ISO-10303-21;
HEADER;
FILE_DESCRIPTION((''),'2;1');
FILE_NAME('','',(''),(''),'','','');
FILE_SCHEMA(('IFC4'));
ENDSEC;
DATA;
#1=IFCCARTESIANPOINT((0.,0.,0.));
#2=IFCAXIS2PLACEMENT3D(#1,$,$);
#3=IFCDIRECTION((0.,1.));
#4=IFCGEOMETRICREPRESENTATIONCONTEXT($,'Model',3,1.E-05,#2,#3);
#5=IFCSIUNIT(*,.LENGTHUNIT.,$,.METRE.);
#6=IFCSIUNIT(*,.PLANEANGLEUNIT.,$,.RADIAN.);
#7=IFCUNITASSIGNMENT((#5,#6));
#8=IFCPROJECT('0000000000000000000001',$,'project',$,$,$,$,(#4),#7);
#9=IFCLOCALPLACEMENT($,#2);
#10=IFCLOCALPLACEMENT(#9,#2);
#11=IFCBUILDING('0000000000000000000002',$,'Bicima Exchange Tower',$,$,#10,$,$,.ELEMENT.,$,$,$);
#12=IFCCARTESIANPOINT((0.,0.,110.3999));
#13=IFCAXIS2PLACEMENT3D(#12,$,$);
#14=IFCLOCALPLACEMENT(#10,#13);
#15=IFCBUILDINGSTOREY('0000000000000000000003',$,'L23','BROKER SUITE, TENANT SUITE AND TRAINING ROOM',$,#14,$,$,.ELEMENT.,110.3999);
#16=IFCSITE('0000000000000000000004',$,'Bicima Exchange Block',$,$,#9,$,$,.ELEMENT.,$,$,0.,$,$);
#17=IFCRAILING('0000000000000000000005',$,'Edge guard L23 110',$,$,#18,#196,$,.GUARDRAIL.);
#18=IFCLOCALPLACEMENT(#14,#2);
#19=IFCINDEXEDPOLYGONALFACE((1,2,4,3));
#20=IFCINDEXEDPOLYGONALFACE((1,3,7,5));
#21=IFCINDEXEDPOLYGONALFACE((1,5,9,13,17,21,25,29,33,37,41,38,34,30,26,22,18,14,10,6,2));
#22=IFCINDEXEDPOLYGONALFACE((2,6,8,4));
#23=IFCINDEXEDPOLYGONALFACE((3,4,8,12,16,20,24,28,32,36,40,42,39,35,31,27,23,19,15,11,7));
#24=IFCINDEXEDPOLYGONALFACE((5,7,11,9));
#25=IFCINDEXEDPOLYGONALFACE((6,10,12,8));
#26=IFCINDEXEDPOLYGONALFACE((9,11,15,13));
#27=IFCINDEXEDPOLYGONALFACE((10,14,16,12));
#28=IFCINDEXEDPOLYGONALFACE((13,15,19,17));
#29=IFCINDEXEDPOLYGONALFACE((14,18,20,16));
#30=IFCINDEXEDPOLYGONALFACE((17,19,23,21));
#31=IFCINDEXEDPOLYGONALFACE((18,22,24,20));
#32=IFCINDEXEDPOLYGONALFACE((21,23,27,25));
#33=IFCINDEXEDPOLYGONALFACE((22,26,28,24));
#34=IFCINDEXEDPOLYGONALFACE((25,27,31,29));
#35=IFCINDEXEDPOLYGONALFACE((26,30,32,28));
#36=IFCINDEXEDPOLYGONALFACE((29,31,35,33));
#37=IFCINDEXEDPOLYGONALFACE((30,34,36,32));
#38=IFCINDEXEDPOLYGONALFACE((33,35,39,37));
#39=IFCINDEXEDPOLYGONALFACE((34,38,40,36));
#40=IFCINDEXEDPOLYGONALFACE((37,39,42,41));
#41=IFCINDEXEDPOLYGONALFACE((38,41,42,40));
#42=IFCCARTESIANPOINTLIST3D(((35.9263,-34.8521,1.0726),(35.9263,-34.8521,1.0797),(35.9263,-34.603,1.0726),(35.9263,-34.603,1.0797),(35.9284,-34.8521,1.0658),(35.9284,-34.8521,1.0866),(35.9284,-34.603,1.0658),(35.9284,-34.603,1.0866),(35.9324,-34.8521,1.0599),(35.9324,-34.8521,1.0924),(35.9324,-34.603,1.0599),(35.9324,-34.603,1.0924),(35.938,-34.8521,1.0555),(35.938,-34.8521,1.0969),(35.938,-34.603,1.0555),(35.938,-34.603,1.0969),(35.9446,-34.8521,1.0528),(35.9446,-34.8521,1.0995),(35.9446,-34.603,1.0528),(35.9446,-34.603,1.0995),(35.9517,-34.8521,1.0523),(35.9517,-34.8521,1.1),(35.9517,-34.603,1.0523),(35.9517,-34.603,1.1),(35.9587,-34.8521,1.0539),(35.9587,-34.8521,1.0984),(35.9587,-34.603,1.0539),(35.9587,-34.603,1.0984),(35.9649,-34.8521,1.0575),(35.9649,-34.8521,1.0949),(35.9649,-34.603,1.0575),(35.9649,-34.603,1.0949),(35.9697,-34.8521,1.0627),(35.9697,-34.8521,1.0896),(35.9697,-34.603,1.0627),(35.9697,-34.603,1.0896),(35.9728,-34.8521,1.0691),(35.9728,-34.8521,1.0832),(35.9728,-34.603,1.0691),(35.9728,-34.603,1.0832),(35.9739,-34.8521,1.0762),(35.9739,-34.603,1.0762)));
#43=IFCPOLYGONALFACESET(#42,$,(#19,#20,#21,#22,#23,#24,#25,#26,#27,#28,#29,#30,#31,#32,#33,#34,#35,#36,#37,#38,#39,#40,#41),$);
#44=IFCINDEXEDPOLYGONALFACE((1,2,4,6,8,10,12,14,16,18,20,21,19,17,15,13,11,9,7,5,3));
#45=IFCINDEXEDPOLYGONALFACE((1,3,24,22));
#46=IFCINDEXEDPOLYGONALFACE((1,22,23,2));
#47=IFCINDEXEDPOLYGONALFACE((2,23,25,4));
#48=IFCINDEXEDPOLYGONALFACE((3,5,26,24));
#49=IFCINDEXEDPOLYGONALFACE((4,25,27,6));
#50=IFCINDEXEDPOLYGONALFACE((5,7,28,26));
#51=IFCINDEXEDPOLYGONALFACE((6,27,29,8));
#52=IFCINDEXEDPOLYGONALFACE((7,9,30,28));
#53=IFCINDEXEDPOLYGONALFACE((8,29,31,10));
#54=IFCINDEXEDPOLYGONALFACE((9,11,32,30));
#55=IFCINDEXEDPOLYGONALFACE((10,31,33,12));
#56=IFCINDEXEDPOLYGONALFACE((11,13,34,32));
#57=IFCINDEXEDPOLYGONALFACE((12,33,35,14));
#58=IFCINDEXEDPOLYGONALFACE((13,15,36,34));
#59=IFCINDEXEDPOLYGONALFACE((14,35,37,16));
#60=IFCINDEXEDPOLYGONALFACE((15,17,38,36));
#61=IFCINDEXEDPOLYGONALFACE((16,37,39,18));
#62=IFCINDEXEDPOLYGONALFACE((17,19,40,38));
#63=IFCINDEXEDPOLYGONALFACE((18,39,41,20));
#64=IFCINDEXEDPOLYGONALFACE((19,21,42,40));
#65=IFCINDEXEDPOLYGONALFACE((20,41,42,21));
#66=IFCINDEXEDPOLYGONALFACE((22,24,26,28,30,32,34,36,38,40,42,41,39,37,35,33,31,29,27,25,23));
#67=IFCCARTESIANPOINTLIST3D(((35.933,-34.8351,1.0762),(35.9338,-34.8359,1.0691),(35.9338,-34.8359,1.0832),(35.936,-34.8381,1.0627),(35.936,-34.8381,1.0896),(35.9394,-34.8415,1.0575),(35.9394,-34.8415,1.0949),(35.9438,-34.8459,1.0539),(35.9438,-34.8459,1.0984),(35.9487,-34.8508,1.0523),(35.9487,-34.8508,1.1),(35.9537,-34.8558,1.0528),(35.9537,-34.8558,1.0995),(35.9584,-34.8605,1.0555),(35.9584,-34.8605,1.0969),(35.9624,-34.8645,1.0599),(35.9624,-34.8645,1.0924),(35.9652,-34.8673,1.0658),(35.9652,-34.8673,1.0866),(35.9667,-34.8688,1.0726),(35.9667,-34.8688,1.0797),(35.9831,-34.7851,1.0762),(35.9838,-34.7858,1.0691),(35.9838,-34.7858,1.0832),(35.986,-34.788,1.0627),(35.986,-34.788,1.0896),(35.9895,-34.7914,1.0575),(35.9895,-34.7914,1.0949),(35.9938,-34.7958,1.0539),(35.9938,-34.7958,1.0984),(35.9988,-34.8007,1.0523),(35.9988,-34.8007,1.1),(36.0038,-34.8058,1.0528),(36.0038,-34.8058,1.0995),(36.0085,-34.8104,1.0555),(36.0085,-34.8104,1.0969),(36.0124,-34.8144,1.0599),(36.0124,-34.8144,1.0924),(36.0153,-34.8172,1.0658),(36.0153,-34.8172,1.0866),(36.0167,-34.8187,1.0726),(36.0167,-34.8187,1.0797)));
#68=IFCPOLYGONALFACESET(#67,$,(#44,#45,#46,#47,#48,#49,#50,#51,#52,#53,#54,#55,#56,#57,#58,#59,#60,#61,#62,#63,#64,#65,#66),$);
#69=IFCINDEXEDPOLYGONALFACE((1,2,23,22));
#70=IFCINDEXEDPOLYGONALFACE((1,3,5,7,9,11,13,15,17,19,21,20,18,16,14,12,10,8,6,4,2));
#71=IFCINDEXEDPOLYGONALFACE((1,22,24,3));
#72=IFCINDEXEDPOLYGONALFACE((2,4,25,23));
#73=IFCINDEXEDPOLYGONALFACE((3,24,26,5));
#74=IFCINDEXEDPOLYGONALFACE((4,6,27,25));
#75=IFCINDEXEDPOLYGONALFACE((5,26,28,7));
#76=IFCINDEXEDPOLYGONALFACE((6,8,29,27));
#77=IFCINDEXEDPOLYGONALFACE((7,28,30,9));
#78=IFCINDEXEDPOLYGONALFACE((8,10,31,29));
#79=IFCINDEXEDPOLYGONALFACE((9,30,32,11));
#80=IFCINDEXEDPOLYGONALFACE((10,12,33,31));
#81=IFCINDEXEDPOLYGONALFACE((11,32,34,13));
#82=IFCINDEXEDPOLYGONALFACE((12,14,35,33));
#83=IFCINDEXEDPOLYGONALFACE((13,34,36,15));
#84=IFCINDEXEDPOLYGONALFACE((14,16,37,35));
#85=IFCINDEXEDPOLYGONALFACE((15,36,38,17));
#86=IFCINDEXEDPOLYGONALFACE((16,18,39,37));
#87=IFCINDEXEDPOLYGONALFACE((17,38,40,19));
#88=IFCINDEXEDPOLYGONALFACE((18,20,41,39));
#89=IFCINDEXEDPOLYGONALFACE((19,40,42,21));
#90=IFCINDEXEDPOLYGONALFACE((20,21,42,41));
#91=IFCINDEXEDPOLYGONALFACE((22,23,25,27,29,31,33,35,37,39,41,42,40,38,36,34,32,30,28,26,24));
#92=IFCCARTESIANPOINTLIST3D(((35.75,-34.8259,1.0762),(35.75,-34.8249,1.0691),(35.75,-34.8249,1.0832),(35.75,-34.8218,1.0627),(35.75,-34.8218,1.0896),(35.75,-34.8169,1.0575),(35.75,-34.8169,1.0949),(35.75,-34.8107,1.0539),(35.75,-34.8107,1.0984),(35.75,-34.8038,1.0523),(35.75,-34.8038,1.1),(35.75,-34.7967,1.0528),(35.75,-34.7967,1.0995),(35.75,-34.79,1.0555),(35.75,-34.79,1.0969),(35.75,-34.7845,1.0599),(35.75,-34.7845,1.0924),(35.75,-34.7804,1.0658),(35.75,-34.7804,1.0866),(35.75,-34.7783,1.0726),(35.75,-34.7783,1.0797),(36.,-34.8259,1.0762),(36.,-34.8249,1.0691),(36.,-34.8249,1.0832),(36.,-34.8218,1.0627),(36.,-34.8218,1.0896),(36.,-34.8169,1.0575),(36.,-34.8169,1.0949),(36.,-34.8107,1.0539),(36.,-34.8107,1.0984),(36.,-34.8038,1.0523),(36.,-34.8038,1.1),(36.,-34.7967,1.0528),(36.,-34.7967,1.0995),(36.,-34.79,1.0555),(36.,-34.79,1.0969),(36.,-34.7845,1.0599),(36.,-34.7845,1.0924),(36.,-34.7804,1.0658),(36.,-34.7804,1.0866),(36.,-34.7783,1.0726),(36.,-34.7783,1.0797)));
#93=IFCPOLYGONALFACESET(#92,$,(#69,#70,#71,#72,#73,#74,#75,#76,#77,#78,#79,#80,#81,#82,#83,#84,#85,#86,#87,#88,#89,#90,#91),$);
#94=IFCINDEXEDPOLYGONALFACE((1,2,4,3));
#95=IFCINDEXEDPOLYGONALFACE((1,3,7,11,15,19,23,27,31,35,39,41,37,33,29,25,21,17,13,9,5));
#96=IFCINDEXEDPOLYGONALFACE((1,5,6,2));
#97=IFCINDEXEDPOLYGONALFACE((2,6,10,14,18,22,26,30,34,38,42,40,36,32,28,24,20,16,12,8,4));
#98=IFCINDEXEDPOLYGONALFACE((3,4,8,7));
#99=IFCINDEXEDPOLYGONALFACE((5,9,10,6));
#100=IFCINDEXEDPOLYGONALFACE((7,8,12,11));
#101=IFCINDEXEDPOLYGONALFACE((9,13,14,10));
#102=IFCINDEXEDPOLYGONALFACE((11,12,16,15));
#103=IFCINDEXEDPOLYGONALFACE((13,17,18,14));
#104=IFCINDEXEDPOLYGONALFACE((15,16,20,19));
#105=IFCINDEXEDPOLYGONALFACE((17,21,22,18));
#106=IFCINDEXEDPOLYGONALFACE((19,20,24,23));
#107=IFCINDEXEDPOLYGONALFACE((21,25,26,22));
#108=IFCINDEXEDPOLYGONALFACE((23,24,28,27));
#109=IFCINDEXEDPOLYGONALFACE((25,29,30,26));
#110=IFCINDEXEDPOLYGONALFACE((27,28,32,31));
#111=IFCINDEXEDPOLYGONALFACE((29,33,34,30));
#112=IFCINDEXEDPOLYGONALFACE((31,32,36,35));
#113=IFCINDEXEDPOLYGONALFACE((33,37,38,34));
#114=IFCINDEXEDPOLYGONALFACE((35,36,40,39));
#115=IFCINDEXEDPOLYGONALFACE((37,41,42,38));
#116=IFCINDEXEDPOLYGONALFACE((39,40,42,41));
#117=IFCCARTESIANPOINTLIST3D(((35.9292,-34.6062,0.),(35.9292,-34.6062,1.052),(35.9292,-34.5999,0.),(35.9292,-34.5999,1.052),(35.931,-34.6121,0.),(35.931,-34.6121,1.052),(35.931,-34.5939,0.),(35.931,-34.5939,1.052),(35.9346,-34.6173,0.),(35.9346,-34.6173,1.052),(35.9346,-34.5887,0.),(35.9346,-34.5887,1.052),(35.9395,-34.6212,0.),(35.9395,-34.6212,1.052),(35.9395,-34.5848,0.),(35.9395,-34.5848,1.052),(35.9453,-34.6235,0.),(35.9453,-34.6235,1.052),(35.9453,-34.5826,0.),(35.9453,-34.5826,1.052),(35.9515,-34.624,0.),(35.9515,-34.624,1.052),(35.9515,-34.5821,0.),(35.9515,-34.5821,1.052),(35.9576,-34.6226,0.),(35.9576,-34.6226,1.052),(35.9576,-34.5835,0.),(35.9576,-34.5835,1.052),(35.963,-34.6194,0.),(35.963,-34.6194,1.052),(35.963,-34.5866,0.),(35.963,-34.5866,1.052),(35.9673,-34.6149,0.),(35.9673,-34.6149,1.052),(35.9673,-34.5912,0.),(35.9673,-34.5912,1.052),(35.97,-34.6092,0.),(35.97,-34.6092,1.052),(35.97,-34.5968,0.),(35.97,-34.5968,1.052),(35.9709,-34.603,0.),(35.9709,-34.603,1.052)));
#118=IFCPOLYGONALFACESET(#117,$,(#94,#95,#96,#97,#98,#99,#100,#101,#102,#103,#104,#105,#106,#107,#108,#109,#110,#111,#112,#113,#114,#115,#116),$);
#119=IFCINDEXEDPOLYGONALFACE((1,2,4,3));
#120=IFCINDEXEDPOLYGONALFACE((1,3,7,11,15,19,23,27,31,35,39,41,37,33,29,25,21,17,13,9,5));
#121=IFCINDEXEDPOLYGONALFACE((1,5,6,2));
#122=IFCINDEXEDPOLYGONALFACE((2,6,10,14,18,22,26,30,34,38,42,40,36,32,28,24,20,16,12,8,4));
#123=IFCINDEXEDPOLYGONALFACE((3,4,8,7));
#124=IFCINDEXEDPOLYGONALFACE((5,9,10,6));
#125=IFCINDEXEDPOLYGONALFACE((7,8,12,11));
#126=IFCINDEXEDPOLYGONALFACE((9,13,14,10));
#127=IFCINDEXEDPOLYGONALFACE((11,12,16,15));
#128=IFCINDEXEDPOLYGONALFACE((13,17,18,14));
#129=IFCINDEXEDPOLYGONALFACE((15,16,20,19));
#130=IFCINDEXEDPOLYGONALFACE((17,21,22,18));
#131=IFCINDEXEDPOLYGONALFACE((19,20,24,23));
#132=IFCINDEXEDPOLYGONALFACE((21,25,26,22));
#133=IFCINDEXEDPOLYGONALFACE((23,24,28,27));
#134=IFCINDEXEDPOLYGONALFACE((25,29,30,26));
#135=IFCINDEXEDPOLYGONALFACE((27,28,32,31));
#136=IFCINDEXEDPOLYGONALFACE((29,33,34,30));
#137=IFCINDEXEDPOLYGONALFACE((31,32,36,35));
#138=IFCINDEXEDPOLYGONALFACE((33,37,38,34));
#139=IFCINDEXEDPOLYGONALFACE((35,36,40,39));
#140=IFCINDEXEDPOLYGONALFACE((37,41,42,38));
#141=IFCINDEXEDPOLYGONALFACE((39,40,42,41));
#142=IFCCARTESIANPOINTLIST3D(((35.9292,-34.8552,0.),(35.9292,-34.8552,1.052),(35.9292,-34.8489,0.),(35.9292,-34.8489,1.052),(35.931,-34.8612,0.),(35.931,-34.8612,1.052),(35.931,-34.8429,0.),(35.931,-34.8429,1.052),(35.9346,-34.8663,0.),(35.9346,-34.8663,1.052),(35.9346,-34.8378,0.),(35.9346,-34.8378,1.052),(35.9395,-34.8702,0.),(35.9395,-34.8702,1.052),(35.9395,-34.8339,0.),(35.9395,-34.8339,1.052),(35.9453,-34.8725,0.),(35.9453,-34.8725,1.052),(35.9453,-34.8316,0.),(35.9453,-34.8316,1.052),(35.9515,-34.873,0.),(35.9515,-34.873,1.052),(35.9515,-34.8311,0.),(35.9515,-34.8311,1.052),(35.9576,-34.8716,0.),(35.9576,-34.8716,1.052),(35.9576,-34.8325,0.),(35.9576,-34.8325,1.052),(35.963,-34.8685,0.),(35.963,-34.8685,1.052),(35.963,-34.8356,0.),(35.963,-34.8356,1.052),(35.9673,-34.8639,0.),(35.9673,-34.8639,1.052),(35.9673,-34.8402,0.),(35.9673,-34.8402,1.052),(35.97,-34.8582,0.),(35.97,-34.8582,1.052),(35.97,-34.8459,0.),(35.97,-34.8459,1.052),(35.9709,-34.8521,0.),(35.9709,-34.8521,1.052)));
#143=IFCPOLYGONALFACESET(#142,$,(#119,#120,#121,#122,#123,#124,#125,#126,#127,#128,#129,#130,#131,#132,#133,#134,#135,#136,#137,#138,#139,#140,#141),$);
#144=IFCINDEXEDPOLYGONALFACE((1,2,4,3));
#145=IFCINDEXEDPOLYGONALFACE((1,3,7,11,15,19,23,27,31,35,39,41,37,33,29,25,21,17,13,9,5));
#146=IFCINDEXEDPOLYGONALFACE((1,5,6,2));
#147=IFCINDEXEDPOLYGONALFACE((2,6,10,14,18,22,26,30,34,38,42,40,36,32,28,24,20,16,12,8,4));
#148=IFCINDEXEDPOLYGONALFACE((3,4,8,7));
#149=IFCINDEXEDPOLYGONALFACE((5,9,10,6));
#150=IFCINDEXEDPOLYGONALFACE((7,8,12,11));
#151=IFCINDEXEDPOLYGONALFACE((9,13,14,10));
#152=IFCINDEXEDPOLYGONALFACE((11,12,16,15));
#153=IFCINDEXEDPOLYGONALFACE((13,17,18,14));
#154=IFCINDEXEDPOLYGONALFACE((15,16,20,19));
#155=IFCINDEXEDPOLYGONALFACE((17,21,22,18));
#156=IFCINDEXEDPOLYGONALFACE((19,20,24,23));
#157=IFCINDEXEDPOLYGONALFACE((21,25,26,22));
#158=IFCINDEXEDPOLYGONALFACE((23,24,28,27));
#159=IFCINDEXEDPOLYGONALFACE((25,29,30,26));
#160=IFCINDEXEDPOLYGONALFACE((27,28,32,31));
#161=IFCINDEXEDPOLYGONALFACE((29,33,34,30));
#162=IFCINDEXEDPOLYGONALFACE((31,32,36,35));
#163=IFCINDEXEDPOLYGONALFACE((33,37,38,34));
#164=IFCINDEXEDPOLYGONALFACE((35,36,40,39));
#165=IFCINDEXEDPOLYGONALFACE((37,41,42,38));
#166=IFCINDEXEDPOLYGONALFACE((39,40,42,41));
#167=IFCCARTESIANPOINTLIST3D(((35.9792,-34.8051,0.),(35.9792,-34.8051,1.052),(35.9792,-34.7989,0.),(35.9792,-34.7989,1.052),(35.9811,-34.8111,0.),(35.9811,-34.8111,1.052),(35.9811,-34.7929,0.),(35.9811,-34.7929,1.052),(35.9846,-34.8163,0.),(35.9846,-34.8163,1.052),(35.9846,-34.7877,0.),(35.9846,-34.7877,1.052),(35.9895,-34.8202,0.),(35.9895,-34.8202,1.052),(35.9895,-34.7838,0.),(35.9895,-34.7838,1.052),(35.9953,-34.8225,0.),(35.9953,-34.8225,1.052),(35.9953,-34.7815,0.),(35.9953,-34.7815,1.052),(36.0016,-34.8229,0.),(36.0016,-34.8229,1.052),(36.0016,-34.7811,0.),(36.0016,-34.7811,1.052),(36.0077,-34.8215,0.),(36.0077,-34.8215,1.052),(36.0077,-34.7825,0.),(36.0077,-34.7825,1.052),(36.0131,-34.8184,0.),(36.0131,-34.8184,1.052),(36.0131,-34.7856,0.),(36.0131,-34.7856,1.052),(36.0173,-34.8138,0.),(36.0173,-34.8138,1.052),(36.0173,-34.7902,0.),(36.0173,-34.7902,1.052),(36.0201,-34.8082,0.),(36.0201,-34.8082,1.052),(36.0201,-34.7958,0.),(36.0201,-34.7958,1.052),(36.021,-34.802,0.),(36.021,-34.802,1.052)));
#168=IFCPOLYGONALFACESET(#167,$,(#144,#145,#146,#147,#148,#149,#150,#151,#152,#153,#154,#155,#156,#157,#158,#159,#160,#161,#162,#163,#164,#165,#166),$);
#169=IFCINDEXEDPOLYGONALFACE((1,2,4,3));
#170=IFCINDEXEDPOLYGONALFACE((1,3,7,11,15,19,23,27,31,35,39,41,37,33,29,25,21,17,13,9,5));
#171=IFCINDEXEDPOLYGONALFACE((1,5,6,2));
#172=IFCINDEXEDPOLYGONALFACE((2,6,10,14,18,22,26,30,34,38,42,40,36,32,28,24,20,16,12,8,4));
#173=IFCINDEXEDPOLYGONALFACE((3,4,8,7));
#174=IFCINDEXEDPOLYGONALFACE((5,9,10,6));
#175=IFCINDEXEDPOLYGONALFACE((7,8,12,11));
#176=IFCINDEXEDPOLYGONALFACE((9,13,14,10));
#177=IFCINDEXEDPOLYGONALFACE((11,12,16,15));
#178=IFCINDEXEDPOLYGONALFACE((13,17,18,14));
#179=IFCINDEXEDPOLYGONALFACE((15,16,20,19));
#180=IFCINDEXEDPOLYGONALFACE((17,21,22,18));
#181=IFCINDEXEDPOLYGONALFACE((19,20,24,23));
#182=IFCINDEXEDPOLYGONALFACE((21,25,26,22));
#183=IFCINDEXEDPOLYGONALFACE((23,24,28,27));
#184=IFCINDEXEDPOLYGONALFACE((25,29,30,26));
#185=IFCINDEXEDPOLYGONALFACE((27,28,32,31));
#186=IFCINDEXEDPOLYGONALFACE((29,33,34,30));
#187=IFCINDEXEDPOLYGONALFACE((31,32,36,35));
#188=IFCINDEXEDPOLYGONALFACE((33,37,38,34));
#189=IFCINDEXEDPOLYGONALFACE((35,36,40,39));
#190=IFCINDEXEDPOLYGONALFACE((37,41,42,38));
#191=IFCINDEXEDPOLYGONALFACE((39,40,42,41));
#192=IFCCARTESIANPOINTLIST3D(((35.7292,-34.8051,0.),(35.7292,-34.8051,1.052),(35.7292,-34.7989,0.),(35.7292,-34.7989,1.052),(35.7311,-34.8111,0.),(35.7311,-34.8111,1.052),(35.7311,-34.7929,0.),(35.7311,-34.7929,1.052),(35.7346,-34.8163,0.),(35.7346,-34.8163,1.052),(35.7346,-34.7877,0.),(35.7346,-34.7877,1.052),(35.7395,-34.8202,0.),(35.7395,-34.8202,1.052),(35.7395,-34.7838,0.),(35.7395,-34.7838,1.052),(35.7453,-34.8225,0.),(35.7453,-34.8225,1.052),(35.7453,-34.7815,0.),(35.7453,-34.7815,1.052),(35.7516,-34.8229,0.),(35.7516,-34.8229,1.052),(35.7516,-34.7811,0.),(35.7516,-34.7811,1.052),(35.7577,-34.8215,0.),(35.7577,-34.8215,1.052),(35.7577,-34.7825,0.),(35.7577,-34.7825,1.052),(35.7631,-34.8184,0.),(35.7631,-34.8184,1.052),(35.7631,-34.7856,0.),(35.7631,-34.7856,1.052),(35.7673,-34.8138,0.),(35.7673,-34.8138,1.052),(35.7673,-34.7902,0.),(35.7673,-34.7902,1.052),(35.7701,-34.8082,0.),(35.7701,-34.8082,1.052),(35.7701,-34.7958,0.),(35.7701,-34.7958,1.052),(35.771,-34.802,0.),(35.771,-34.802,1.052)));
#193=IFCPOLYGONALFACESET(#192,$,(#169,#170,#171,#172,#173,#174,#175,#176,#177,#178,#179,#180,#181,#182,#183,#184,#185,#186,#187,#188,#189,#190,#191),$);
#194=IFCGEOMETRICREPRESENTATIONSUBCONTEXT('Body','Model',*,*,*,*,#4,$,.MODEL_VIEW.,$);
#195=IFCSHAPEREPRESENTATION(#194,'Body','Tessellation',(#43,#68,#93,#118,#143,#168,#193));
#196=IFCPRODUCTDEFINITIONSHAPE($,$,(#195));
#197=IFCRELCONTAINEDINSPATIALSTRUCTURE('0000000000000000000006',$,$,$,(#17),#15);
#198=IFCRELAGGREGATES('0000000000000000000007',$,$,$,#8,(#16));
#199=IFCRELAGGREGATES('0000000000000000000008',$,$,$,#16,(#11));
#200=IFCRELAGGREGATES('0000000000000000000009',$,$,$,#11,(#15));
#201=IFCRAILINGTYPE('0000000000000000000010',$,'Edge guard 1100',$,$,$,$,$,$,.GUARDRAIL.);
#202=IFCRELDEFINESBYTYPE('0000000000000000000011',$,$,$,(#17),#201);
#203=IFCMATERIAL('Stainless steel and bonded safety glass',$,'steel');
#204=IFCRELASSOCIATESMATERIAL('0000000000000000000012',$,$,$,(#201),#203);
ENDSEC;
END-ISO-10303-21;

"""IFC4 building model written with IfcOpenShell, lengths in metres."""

from ifc_helpers import new_model, si_unit, direction, frame, origin, origin_2d, place, context, subcontext, project, spatial, circle, extrude, material, type_object, element, save


model = new_model("IFC4")

# Units and contexts
model_context = context("Model", 3, precision=1e-05, world=origin(), true_north=direction((0.0, 1.0)))
body_context = subcontext(model_context, "Body", "Model", "MODEL_VIEW")
ifc_project = project(units=[si_unit("LENGTHUNIT", "METRE"), si_unit("PLANEANGLEUNIT", "RADIAN")], contexts=[model_context])

# Site, building, storey
site_placement = place(None, origin())
site = spatial("IfcSite", under=ifc_project, at=site_placement, Name="Bicima Exchange Block", CompositionType="ELEMENT", RefElevation=0.0)
building_placement = place(site_placement, origin())
building = spatial("IfcBuilding", under=site, at=building_placement, Name="Bicima Exchange Tower", CompositionType="ELEMENT")
storey_placement = place(building_placement, frame((0.0, 0.0, 110.3999)))
storey = spatial("IfcBuildingStorey", under=building, at=storey_placement, Name="L23", Description="BROKER SUITE, TENANT SUITE AND TRAINING ROOM", CompositionType="ELEMENT", Elevation=110.3999)

# Railing
ifc_material_1 = material(Name="Stainless steel and bonded safety glass", Category="steel")
railing_type = type_object("IfcRailingType", Name="Edge guard 1100", PredefinedType="GUARDRAIL", material=ifc_material_1)
railing_1_placement = place(storey_placement, frame((35.95, -34.603, 0.0)))
element("IfcRailing", 1, at=railing_1_placement, inside=storey, type_object=railing_type, Name="Edge guard L23 110", PredefinedType="GUARDRAIL", context=body_context, shape_type="SweptSolid", body=[
    extrude(circle(Radius=0.0239, at=origin_2d()), frame((0.0, 0.0, 1.0762), z_axis=(0.0, -1.0, 0.0), x_axis=(1.0, 0.0, 0.0)), (0.0, 0.0, 1.0), 0.249),
    extrude(circle(Radius=0.0239, at=origin_2d()), frame((0.0, -0.249, 1.0762), z_axis=(0.707107, 0.707107, 0.0), x_axis=(-0.707107, 0.707107, 0.0)), (0.0, 0.0, 1.0), 0.0708),
    extrude(circle(Radius=0.0239, at=origin_2d()), frame((0.05, -0.199, 1.0762), z_axis=(-1.0, 0.0, 0.0), x_axis=(0.0, -1.0, 0.0)), (0.0, 0.0, 1.0), 0.25),
    extrude(circle(Radius=0.021, at=origin_2d()), origin(), (0.0, 0.0, 1.0), 1.052),
    extrude(circle(Radius=0.021, at=origin_2d()), frame((0.0, -0.249, 0.0)), (0.0, 0.0, 1.0), 1.052),
    extrude(circle(Radius=0.021, at=origin_2d()), frame((0.05, -0.199, 0.0)), (0.0, 0.0, 1.0), 1.052),
    extrude(circle(Radius=0.021, at=origin_2d()), frame((-0.2, -0.199, 0.0)), (0.0, 0.0, 1.0), 1.052),
])

save(model, "model.ifc")
